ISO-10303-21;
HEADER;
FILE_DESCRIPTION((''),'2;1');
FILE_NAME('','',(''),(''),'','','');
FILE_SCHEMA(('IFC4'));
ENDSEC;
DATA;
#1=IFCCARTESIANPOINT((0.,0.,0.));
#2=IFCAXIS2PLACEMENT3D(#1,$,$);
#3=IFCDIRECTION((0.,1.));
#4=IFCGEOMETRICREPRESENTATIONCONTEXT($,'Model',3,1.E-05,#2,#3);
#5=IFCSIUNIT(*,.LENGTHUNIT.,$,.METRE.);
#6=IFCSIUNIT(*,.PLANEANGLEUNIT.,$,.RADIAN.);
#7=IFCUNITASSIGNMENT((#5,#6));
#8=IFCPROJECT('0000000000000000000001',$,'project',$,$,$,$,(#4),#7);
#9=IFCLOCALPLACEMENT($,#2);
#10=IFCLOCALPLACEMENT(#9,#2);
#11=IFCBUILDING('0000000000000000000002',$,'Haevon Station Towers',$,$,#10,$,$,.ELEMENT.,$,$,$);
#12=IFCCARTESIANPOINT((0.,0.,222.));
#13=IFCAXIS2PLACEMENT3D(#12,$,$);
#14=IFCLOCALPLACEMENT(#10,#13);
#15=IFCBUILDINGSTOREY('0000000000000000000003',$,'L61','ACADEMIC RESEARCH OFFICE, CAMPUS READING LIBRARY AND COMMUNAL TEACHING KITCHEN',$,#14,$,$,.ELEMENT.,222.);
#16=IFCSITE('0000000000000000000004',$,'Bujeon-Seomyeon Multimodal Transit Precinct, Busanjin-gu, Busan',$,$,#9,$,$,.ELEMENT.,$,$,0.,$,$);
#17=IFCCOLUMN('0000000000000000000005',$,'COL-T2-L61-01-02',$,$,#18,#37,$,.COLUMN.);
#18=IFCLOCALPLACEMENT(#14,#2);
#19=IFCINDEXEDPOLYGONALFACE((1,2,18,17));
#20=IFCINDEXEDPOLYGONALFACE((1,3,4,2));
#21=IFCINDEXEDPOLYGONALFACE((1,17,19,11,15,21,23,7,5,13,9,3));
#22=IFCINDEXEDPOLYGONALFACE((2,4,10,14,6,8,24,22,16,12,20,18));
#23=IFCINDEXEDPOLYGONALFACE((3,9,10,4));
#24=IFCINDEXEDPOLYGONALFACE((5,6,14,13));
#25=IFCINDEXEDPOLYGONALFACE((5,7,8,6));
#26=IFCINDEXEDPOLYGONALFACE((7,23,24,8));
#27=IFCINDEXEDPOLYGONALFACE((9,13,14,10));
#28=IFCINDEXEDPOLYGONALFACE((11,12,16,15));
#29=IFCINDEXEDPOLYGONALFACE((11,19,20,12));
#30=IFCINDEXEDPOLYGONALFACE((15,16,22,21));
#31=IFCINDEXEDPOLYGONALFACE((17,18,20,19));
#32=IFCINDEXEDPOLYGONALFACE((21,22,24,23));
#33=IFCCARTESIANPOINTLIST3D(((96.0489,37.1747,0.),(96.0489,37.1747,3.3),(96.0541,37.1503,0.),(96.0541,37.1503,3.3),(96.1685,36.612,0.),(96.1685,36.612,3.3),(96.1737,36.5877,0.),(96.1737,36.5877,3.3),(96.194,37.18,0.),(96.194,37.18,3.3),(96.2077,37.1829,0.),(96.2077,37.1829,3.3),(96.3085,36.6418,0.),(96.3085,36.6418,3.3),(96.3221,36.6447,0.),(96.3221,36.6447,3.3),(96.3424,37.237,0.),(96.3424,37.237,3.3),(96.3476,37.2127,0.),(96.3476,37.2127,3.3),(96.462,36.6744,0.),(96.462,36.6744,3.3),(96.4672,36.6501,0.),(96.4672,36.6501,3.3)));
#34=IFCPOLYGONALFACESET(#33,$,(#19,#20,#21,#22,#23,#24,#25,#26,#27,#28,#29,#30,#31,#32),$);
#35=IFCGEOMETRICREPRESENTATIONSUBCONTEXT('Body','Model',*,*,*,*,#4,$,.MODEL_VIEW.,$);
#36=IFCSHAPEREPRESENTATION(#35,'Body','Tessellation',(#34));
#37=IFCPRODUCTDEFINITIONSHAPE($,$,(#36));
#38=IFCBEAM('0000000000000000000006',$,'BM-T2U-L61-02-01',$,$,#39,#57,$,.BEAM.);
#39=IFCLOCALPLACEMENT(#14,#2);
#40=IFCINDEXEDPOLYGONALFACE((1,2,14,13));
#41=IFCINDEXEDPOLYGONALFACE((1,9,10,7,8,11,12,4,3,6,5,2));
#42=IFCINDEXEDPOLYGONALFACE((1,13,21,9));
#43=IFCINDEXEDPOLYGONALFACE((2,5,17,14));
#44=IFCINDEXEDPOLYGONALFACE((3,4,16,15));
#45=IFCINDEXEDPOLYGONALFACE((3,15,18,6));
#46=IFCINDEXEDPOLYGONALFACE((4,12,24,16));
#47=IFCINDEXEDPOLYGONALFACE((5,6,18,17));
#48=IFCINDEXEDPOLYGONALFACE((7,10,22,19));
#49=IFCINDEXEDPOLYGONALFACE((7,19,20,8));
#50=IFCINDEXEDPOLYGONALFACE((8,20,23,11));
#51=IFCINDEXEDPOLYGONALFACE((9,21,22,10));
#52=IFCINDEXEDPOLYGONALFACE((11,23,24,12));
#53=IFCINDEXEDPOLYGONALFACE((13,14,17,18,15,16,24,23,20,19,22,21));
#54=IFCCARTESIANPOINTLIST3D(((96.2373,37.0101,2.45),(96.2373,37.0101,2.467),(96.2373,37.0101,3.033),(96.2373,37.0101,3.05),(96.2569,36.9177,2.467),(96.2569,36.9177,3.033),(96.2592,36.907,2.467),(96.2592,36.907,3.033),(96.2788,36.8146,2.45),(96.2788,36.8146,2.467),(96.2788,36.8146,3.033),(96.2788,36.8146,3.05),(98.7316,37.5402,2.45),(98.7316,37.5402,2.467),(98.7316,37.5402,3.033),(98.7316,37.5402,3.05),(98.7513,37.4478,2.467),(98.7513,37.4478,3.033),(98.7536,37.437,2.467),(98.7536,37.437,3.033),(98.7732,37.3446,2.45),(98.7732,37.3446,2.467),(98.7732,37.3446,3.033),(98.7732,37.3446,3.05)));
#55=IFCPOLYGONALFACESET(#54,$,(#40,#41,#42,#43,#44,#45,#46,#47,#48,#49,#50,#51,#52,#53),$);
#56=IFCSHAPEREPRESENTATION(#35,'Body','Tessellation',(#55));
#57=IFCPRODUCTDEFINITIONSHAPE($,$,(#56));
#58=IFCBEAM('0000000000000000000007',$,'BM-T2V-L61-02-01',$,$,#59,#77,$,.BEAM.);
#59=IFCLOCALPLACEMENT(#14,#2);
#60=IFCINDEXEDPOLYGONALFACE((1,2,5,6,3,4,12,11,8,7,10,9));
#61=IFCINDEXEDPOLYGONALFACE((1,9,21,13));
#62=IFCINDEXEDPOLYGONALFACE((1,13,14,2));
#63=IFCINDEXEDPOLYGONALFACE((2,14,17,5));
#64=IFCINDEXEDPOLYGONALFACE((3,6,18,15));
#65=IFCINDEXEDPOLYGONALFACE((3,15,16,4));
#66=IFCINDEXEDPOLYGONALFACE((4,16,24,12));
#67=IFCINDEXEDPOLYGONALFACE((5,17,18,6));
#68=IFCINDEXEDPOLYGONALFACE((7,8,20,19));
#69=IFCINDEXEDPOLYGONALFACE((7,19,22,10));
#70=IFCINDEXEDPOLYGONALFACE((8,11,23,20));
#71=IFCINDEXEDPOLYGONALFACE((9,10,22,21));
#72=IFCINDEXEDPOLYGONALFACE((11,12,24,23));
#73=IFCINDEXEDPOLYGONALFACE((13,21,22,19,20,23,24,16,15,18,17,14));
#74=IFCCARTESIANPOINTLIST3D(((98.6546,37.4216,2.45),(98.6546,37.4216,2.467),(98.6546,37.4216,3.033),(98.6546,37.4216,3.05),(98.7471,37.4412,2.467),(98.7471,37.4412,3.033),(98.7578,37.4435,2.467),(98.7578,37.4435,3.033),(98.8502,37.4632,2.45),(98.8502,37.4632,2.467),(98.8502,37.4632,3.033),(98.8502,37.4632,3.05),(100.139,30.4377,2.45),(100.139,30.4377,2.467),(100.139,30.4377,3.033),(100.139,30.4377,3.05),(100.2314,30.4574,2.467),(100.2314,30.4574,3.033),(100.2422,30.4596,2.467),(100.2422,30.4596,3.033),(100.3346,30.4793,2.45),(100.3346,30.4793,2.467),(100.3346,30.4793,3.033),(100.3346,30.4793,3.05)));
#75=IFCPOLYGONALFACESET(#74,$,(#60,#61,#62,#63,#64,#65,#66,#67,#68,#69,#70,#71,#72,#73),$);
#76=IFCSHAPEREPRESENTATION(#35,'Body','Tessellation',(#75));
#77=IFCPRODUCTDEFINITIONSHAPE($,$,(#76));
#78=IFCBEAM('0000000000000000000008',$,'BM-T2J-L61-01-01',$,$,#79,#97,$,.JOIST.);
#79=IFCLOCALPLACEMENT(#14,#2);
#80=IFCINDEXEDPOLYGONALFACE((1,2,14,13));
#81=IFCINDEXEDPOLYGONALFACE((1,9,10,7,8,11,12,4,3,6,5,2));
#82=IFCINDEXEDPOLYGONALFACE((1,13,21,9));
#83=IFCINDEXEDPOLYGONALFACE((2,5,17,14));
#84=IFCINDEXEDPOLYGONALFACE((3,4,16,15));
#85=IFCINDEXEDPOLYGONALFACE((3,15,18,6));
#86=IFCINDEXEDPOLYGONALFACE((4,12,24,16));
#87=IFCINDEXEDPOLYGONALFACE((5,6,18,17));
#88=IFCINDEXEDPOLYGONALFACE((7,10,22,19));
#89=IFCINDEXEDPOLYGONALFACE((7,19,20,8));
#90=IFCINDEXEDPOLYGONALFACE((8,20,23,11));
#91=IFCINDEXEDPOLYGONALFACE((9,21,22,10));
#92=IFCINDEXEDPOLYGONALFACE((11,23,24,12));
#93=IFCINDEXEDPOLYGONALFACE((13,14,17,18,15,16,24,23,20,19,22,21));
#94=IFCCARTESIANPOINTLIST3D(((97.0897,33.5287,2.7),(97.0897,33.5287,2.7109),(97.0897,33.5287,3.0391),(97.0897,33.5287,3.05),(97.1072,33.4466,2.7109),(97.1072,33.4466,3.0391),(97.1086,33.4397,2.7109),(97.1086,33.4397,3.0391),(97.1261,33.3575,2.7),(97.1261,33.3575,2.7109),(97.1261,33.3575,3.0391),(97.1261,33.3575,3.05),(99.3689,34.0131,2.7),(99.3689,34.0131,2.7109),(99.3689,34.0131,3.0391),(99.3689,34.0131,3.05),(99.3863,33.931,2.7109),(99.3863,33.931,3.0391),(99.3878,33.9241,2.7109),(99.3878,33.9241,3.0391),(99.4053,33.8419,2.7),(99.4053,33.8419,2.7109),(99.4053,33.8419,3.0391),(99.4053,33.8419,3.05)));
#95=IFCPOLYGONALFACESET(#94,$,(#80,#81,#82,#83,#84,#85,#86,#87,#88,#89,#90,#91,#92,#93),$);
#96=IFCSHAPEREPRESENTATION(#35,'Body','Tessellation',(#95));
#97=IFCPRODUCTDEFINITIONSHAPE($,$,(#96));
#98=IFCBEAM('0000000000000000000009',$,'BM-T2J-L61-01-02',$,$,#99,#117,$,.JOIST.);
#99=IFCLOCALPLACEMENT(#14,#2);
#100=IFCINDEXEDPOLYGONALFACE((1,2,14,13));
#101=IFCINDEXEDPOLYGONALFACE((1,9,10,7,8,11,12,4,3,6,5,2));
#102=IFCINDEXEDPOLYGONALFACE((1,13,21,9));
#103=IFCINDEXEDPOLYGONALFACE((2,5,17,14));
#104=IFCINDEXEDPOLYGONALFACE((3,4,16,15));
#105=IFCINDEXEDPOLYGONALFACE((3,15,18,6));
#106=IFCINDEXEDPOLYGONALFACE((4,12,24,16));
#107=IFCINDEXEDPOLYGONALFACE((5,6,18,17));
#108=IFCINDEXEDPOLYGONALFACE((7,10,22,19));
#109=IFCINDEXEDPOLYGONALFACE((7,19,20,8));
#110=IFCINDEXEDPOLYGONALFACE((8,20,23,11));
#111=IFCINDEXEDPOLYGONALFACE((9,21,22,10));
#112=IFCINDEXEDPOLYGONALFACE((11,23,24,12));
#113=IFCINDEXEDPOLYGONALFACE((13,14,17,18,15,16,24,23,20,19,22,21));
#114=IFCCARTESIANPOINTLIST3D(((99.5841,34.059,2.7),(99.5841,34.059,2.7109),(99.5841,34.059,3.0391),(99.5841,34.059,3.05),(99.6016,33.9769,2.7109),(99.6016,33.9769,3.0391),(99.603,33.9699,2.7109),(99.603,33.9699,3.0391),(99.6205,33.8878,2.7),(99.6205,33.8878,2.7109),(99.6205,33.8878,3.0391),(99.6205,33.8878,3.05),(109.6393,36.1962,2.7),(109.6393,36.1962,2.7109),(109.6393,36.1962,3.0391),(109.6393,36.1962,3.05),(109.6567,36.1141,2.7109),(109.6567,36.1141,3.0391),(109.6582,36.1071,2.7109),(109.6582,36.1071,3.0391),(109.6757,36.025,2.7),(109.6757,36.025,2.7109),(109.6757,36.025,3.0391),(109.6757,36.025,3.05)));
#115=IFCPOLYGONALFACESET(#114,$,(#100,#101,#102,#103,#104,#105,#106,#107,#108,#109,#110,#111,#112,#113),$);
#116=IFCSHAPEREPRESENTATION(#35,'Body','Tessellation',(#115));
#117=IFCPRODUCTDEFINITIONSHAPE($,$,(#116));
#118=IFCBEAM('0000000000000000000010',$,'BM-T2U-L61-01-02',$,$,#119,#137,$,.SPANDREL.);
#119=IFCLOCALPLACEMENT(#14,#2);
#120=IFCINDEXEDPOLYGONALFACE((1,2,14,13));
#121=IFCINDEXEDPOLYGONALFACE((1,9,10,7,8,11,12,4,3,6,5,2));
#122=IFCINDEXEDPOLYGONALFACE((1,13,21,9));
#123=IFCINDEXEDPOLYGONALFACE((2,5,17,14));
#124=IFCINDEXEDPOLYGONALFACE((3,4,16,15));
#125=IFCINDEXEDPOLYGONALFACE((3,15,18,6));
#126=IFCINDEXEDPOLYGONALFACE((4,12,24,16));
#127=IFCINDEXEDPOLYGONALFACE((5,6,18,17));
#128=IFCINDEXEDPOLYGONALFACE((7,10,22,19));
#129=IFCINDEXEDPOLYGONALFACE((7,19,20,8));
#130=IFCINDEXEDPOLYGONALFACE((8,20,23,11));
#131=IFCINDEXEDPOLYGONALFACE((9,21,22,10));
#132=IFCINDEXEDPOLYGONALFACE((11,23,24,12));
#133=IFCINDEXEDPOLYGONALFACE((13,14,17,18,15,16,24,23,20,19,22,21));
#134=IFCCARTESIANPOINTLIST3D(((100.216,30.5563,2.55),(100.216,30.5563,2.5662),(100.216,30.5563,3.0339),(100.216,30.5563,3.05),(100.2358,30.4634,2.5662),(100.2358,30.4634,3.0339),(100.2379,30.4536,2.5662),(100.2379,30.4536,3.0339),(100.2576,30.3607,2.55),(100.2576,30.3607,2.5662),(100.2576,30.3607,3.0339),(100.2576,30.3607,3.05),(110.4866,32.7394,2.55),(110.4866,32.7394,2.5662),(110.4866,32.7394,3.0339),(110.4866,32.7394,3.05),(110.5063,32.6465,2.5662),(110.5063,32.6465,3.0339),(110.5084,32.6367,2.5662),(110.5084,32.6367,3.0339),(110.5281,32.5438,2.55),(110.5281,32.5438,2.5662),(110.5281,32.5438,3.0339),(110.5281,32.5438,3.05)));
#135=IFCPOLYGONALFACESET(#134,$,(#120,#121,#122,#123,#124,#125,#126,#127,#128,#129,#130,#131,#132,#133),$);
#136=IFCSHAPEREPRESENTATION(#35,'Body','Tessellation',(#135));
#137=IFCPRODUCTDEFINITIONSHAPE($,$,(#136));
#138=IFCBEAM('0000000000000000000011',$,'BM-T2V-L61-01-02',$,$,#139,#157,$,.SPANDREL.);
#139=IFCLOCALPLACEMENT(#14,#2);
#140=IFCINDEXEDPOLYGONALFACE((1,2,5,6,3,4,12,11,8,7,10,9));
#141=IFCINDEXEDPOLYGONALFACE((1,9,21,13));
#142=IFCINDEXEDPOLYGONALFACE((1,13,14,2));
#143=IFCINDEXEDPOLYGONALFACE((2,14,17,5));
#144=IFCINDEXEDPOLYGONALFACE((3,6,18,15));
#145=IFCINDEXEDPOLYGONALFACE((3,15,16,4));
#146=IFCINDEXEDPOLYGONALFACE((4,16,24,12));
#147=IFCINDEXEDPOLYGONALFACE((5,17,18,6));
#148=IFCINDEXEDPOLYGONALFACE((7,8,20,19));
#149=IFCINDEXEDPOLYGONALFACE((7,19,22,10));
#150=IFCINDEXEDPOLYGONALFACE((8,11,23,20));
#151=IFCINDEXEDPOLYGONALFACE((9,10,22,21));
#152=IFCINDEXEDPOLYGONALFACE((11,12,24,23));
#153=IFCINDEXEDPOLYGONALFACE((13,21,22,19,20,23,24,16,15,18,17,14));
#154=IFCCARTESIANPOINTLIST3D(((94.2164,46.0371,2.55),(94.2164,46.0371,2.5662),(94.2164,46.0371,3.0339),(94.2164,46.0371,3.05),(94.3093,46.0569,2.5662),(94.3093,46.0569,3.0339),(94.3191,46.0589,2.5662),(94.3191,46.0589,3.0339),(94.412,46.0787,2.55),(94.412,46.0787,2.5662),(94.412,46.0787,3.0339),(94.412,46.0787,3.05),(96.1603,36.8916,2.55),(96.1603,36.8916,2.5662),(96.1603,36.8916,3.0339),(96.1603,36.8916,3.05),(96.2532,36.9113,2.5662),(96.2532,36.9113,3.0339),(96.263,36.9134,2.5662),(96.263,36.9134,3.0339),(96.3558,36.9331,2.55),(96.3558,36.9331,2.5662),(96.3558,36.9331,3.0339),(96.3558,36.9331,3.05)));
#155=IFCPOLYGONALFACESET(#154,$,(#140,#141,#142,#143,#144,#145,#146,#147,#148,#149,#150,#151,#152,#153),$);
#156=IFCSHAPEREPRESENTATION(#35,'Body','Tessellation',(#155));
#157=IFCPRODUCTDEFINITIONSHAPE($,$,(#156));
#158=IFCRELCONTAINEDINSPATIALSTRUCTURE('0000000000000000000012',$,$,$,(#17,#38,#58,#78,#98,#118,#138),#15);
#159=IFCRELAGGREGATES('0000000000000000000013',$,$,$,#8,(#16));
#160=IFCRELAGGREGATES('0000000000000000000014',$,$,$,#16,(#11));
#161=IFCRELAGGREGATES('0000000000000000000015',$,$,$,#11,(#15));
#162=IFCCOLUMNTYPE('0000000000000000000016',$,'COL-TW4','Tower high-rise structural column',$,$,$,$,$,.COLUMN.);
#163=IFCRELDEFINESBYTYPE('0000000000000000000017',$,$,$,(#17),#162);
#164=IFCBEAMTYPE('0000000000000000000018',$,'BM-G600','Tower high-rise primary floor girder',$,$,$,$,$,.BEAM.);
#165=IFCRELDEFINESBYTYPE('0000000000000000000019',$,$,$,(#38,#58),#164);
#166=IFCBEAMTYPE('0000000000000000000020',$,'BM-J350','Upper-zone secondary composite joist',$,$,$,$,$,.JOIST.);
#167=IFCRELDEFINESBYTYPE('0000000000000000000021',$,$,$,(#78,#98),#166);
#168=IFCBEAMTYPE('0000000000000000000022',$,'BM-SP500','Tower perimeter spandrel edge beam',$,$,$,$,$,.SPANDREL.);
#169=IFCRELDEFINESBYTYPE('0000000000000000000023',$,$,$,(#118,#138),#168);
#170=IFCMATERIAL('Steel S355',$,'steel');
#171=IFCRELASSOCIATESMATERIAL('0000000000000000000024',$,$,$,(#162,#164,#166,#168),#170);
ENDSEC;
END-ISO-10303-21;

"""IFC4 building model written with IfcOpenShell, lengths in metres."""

from ifc_helpers import new_model, si_unit, direction, frame, origin, origin_2d, place, context, subcontext, project, spatial, i_section, extrude, material, material_profile, profile_set, type_object, element, save


model = new_model("IFC4")

# Units and contexts
model_context = context("Model", 3, precision=1e-05, world=origin(), true_north=direction((0.0, 1.0)))
body_context = subcontext(model_context, "Body", "Model", "MODEL_VIEW")
ifc_project = project(units=[si_unit("LENGTHUNIT", "METRE"), si_unit("PLANEANGLEUNIT", "RADIAN")], contexts=[model_context])

# Site, building, storey
site_placement = place(None, origin())
site = spatial("IfcSite", under=ifc_project, at=site_placement, Name="Bujeon-Seomyeon Multimodal Transit Precinct, Busanjin-gu, Busan", CompositionType="ELEMENT", RefElevation=0.0)
building_placement = place(site_placement, origin())
building = spatial("IfcBuilding", under=site, at=building_placement, Name="Haevon Station Towers", CompositionType="ELEMENT")
storey_placement = place(building_placement, frame((0.0, 0.0, 222.0)))
storey = spatial("IfcBuildingStorey", under=building, at=storey_placement, Name="L61", Description="ACADEMIC RESEARCH OFFICE, CAMPUS READING LIBRARY AND COMMUNAL TEACHING KITCHEN", CompositionType="ELEMENT", Elevation=222.0)

# Column
ifc_material_1 = material(Name="Steel S355", Category="steel")
ifc_material_profile_1 = material_profile(ifc_material_1, i_section(OverallWidth=0.3, OverallDepth=0.6001, WebThickness=0.0139, FlangeThickness=0.0249, at=origin_2d()), Name="H-600x300x14x25")
ifc_profile_set_1 = profile_set([ifc_material_profile_1], Name="Steel S355")
column_type = type_object("IfcColumnType", Name="COL-TW4", Description="Tower high-rise structural column", PredefinedType="COLUMN", material=ifc_profile_set_1)
column_placement = place(storey_placement, frame((96.2581, 36.9124, 0.0), z_axis=(0.0, 0.0, 1.0), x_axis=(0.978148, 0.207912, 0.0)))
element("IfcColumn", 1, at=column_placement, inside=storey, type_object=column_type, Name="COL-T2-L61-01-02", PredefinedType="COLUMN", context=body_context, shape_type="SweptSolid", body=[
    extrude(i_section(OverallWidth=0.3, OverallDepth=0.6001, WebThickness=0.0139, FlangeThickness=0.0249, at=origin_2d()), origin(), (0.0, 0.0, 1.0), 3.3),
])

# Beams
ifc_material_profile_2 = material_profile(ifc_material_1, i_section(OverallWidth=0.2, OverallDepth=0.6001, WebThickness=0.011, FlangeThickness=0.0171, at=origin_2d()), Name="H-600x200x11x17")
ifc_profile_set_2 = profile_set([ifc_material_profile_2], Name="Steel S355")
beam_type_1 = type_object("IfcBeamType", Name="BM-G600", Description="Tower high-rise primary floor girder", PredefinedType="BEAM", material=ifc_profile_set_2)
beam_1_placement = place(storey_placement, frame((96.2581, 36.9124, 2.75), z_axis=(0.978161, 0.207848, 0.0), x_axis=(-0.207848, 0.978161, 0.0)))
element("IfcBeam", 2, at=beam_1_placement, inside=storey, type_object=beam_type_1, Name="BM-T2U-L61-02-01", PredefinedType="BEAM", context=body_context, shape_type="SweptSolid", body=[
    extrude(i_section(OverallWidth=0.2, OverallDepth=0.6001, WebThickness=0.011, FlangeThickness=0.0171, at=origin_2d()), origin(), (0.0, 0.0, 1.0), 2.55),
])
beam_2_placement = place(storey_placement, frame((100.2368, 30.4585, 2.75), z_axis=(-0.207899, 0.97815, 0.0), x_axis=(-0.97815, -0.207899, 0.0)))
element("IfcBeam", 3, at=beam_2_placement, inside=storey, type_object=beam_type_1, Name="BM-T2V-L61-02-01", PredefinedType="BEAM", context=body_context, shape_type="SweptSolid", body=[
    extrude(i_section(OverallWidth=0.2, OverallDepth=0.6001, WebThickness=0.011, FlangeThickness=0.0171, at=origin_2d()), origin(), (0.0, 0.0, 1.0), 7.1399),
])
ifc_material_profile_3 = material_profile(ifc_material_1, i_section(OverallWidth=0.175, OverallDepth=0.3501, WebThickness=0.0071, FlangeThickness=0.011, at=origin_2d()), Name="H-350x175x7x11")
ifc_profile_set_3 = profile_set([ifc_material_profile_3], Name="Steel S355")
beam_type_2 = type_object("IfcBeamType", Name="BM-J350", Description="Upper-zone secondary composite joist", PredefinedType="JOIST", material=ifc_profile_set_3)
beam_3_placement = place(storey_placement, frame((97.1079, 33.4431, 2.875), z_axis=(0.978152, 0.20789, 0.0), x_axis=(-0.20789, 0.978152, 0.0)))
element("IfcBeam", 4, at=beam_3_placement, inside=storey, type_object=beam_type_2, Name="BM-T2J-L61-01-01", PredefinedType="JOIST", context=body_context, shape_type="SweptSolid", body=[
    extrude(i_section(OverallWidth=0.175, OverallDepth=0.3501, WebThickness=0.0071, FlangeThickness=0.011, at=origin_2d()), origin(), (0.0, 0.0, 1.0), 2.3301),
])
beam_4_placement = place(storey_placement, frame((99.6023, 33.9734, 2.875), z_axis=(0.978149, 0.207904, 0.0), x_axis=(-0.207904, 0.978149, 0.0)))
element("IfcBeam", 5, at=beam_4_placement, inside=storey, type_object=beam_type_2, Name="BM-T2J-L61-01-02", PredefinedType="JOIST", context=body_context, shape_type="SweptSolid", body=[
    extrude(i_section(OverallWidth=0.175, OverallDepth=0.3501, WebThickness=0.0071, FlangeThickness=0.011, at=origin_2d()), origin(), (0.0, 0.0, 1.0), 10.2798),
])
ifc_material_profile_4 = material_profile(ifc_material_1, i_section(OverallWidth=0.2, OverallDepth=0.5, WebThickness=0.01, FlangeThickness=0.0161, at=origin_2d()), Name="H-500x200x10x16")
ifc_profile_set_4 = profile_set([ifc_material_profile_4], Name="Steel S355")
beam_type_3 = type_object("IfcBeamType", Name="BM-SP500", Description="Tower perimeter spandrel edge beam", PredefinedType="SPANDREL", material=ifc_profile_set_4)
beam_5_placement = place(storey_placement, frame((100.2368, 30.4585, 2.8), z_axis=(0.978147, 0.207915, 0.0), x_axis=(-0.207915, 0.978147, 0.0)))
element("IfcBeam", 6, at=beam_5_placement, inside=storey, type_object=beam_type_3, Name="BM-T2U-L61-01-02", PredefinedType="SPANDREL", context=body_context, shape_type="SweptSolid", body=[
    extrude(i_section(OverallWidth=0.2, OverallDepth=0.5, WebThickness=0.01, FlangeThickness=0.0161, at=origin_2d()), origin(), (0.0, 0.0, 1.0), 10.5),
])
beam_6_placement = place(storey_placement, frame((96.2581, 36.9124, 2.8), z_axis=(-0.207902, 0.97815, 0.0), x_axis=(-0.97815, -0.207902, 0.0)))
element("IfcBeam", 7, at=beam_6_placement, inside=storey, type_object=beam_type_3, Name="BM-T2V-L61-01-02", PredefinedType="SPANDREL", context=body_context, shape_type="SweptSolid", body=[
    extrude(i_section(OverallWidth=0.2, OverallDepth=0.5, WebThickness=0.01, FlangeThickness=0.0161, at=origin_2d()), origin(), (0.0, 0.0, 1.0), 9.3499),
])

save(model, "model.ifc")
